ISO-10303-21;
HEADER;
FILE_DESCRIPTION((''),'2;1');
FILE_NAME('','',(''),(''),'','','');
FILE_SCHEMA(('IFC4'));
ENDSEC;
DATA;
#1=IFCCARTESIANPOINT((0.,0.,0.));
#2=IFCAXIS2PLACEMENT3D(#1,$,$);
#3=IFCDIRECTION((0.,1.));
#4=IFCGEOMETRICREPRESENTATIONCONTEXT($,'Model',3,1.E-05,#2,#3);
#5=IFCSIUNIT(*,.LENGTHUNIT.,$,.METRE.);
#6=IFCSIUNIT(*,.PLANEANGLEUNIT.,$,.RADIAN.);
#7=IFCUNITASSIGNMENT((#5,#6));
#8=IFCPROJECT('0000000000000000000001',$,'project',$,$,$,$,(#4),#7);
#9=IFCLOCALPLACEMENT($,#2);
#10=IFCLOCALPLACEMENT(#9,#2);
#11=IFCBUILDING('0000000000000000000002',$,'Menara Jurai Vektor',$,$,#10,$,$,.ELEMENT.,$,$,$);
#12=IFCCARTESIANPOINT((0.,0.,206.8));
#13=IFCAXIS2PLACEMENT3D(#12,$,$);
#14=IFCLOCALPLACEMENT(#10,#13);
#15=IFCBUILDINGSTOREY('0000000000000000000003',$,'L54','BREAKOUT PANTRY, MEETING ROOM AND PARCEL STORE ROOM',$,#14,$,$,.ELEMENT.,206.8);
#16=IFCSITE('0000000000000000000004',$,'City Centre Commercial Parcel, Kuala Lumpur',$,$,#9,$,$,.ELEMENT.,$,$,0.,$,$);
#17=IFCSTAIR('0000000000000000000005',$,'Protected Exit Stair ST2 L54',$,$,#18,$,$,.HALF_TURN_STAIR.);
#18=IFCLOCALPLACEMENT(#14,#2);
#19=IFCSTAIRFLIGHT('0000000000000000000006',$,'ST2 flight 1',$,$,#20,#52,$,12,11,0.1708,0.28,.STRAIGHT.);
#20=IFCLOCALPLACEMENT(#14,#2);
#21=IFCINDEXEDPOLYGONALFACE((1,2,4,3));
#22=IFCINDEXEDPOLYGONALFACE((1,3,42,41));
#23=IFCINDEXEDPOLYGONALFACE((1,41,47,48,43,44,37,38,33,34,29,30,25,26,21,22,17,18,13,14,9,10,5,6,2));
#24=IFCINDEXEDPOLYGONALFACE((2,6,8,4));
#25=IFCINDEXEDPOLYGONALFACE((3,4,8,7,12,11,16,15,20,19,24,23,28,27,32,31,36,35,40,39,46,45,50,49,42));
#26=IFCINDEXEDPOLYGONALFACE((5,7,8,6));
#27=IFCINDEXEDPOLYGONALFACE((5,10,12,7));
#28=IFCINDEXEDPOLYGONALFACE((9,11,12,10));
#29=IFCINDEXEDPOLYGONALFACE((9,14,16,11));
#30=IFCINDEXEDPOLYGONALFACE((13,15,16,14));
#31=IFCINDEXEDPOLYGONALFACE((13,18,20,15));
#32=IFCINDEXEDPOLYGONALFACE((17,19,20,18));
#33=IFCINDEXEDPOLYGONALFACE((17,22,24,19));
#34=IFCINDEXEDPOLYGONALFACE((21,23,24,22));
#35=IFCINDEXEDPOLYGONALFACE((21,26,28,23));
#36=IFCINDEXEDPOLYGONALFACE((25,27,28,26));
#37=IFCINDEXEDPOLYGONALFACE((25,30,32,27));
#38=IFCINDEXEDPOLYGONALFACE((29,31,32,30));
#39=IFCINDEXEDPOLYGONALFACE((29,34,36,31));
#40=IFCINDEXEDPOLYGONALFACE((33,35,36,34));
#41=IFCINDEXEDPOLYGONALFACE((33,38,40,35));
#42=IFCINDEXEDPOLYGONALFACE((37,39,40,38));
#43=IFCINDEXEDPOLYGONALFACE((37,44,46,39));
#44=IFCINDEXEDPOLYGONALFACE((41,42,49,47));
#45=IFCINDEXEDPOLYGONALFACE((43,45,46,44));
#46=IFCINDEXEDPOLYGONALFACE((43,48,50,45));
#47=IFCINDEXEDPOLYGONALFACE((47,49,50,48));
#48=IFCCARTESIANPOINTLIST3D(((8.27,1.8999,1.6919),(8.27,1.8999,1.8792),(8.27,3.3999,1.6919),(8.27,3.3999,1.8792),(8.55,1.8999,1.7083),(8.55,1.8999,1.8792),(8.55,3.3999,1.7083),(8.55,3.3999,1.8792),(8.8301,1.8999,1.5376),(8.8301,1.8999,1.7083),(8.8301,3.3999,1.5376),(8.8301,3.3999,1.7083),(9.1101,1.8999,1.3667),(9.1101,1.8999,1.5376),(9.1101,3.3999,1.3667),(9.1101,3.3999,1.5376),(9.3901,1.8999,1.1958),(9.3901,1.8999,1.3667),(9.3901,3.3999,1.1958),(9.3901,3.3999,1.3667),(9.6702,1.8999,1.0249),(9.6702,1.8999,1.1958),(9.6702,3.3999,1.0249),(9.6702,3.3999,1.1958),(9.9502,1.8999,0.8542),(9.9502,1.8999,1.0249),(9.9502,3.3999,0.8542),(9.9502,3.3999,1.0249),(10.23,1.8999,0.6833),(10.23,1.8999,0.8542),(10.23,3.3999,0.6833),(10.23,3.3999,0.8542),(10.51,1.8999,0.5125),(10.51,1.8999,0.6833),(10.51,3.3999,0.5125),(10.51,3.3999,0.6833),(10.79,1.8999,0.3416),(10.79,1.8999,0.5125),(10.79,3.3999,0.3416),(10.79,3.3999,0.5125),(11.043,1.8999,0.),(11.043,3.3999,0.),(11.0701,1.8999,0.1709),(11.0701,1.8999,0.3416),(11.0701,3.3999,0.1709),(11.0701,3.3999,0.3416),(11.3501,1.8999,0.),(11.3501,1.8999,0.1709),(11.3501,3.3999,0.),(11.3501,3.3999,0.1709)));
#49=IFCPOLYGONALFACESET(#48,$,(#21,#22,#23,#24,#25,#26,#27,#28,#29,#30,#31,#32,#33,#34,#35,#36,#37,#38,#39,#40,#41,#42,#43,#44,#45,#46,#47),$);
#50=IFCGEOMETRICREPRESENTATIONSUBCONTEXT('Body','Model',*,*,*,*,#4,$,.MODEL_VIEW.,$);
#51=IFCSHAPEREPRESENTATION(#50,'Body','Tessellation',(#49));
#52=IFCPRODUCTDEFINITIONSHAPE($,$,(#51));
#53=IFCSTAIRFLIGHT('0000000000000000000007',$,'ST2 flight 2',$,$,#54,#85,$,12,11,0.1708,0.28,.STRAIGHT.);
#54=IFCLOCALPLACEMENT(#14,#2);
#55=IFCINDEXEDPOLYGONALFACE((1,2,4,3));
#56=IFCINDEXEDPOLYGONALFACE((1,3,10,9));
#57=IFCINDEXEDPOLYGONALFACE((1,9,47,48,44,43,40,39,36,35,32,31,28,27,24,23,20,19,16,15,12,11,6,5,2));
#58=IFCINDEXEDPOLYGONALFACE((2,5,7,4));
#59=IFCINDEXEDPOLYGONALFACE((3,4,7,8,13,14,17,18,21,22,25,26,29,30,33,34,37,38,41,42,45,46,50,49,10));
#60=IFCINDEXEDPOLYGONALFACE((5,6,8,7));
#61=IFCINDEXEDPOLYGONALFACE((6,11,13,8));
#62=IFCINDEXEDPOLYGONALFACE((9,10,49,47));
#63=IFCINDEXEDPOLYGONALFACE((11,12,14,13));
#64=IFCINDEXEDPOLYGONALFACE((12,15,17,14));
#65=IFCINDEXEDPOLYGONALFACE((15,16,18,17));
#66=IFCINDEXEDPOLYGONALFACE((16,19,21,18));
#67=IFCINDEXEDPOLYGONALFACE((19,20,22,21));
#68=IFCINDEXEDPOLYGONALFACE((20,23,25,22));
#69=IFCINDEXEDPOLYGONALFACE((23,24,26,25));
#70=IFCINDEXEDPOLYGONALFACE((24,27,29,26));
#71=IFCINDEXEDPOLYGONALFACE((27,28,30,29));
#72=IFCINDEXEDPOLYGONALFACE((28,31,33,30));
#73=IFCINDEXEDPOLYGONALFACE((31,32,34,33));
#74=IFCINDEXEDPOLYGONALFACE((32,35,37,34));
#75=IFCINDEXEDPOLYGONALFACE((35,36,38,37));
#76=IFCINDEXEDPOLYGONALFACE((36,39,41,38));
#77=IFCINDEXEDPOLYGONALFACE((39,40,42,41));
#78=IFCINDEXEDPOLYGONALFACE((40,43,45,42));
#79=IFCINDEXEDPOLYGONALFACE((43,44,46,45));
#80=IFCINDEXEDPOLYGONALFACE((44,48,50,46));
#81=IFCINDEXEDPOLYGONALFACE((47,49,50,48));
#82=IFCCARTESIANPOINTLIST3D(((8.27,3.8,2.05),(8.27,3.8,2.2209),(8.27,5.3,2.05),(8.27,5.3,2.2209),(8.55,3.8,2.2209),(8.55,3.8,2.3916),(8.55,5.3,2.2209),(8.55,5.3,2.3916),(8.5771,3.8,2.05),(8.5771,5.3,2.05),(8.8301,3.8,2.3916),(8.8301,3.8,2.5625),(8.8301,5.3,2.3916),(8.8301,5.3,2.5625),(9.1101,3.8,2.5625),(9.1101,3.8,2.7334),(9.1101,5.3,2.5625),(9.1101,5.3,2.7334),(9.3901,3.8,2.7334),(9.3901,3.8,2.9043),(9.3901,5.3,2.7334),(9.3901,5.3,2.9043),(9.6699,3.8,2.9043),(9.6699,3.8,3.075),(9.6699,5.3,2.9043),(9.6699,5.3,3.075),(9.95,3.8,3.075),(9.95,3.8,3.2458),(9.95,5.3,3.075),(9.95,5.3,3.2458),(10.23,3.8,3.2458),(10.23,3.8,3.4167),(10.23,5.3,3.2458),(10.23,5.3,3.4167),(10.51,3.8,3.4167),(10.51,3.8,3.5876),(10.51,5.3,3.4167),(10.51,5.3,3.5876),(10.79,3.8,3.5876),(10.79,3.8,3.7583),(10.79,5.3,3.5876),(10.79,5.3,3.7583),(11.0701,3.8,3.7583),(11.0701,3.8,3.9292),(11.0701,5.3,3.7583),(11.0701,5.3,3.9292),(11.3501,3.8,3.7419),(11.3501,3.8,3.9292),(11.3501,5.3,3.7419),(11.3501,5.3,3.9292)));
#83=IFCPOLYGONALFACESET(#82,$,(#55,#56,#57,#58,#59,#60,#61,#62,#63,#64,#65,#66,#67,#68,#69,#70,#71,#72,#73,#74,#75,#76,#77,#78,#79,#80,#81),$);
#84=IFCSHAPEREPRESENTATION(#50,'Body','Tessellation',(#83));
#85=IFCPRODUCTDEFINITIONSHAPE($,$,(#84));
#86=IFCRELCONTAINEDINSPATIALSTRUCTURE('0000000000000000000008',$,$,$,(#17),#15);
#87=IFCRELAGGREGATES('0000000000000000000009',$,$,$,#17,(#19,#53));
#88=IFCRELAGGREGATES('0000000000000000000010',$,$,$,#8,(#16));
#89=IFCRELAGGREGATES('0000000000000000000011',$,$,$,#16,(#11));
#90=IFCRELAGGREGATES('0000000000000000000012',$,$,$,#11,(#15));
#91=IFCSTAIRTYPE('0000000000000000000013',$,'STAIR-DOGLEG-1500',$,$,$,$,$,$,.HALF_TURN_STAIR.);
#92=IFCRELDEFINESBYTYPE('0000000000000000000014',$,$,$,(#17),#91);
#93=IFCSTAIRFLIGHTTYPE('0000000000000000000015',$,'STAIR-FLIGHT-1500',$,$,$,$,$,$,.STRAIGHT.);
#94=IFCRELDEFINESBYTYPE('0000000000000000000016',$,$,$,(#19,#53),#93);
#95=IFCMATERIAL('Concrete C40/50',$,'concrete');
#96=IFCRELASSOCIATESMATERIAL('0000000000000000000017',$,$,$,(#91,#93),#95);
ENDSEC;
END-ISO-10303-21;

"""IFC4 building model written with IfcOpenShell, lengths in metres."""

from ifc_helpers import new_model, si_unit, direction, frame, origin, place, context, subcontext, project, spatial, polyline, outline, extrude, material, type_object, element, aggregate, save


model = new_model("IFC4")

# Units and contexts
model_context = context("Model", 3, precision=1e-05, world=origin(), true_north=direction((0.0, 1.0)))
body_context = subcontext(model_context, "Body", "Model", "MODEL_VIEW")
ifc_project = project(units=[si_unit("LENGTHUNIT", "METRE"), si_unit("PLANEANGLEUNIT", "RADIAN")], contexts=[model_context])

# Site, building, storey
site_placement = place(None, origin())
site = spatial("IfcSite", under=ifc_project, at=site_placement, Name="City Centre Commercial Parcel, Kuala Lumpur", CompositionType="ELEMENT", RefElevation=0.0)
building_placement = place(site_placement, origin())
building = spatial("IfcBuilding", under=site, at=building_placement, Name="Menara Jurai Vektor", CompositionType="ELEMENT")
storey_placement = place(building_placement, frame((0.0, 0.0, 206.8)))
storey = spatial("IfcBuildingStorey", under=building, at=storey_placement, Name="L54", Description="BREAKOUT PANTRY, MEETING ROOM AND PARCEL STORE ROOM", CompositionType="ELEMENT", Elevation=206.8)

# Stair
ifc_material_1 = material(Name="Concrete C40/50", Category="concrete")
stair_type = type_object("IfcStairType", Name="STAIR-DOGLEG-1500", PredefinedType="HALF_TURN_STAIR", material=ifc_material_1)
stair_1_placement = place(storey_placement, origin())
stair_1 = element("IfcStair", 1, at=stair_1_placement, inside=storey, type_object=stair_type, Name="Protected Exit Stair ST2 L54", PredefinedType="HALF_TURN_STAIR")

# Stair flights
stair_flight_type = type_object("IfcStairFlightType", Name="STAIR-FLIGHT-1500", PredefinedType="STRAIGHT", material=ifc_material_1)
stair_flight_1_placement = place(storey_placement, frame((11.3501, 2.6499, 0.0), z_axis=(0.0, 0.0, 1.0), x_axis=(-1.0, 0.0, 0.0)))
stair_flight_1 = element("IfcStairFlight", 2, at=stair_flight_1_placement, type_object=stair_flight_type, Name="ST2 flight 1", NumberOfRisers=12, NumberOfTreads=11, PredefinedType="STRAIGHT", RiserHeight=0.1708, TreadLength=0.28, context=body_context, shape_type="SweptSolid", body=[
    extrude(outline(polyline([(0.0, 0.0), (0.0, 0.1709), (0.28, 0.1709), (0.28, 0.3416), (0.5601, 0.3416), (0.5601, 0.5125), (0.8401, 0.5125), (0.8401, 0.6833), (1.1201, 0.6833), (1.1201, 0.8542), (1.3999, 0.8542), (1.3999, 1.0249), (1.6799, 1.0249), (1.6799, 1.1958), (1.96, 1.1958), (1.96, 1.3667), (2.24, 1.3667), (2.24, 1.5376), (2.52, 1.5376), (2.52, 1.7083), (2.8, 1.7083), (2.8, 1.8792), (3.0801, 1.8792), (3.0801, 2.05), (3.0801, 1.6919), (0.3071, 0.0), (0.0, 0.0)])), frame((0.0, 0.75, 0.0), z_axis=(0.0, -1.0, 0.0), x_axis=(1.0, 0.0, 0.0)), (0.0, 0.0, 1.0), 1.5),
])
stair_flight_2_placement = place(storey_placement, frame((8.27, 4.55, 2.05), z_axis=(0.0, 0.0, 1.0), x_axis=(1.0, 0.0, 0.0)))
stair_flight_2 = element("IfcStairFlight", 3, at=stair_flight_2_placement, type_object=stair_flight_type, Name="ST2 flight 2", NumberOfRisers=12, NumberOfTreads=11, PredefinedType="STRAIGHT", RiserHeight=0.1708, TreadLength=0.28, context=body_context, shape_type="SweptSolid", body=[
    extrude(outline(polyline([(0.0, 0.0), (0.0, 0.1709), (0.28, 0.1709), (0.28, 0.3416), (0.5601, 0.3416), (0.5601, 0.5125), (0.8401, 0.5125), (0.8401, 0.6833), (1.1201, 0.6833), (1.1201, 0.8542), (1.3999, 0.8542), (1.3999, 1.0249), (1.6799, 1.0249), (1.6799, 1.1958), (1.96, 1.1958), (1.96, 1.3667), (2.24, 1.3667), (2.24, 1.5376), (2.52, 1.5376), (2.52, 1.7083), (2.8, 1.7083), (2.8, 1.8792), (3.0801, 1.8792), (3.0801, 2.05), (3.0801, 1.6919), (0.3071, 0.0), (0.0, 0.0)])), frame((0.0, 0.75, 0.0), z_axis=(0.0, -1.0, 0.0), x_axis=(1.0, 0.0, 0.0)), (0.0, 0.0, 1.0), 1.5),
])
aggregate(stair_1, [stair_flight_1, stair_flight_2])

save(model, "model.ifc")
